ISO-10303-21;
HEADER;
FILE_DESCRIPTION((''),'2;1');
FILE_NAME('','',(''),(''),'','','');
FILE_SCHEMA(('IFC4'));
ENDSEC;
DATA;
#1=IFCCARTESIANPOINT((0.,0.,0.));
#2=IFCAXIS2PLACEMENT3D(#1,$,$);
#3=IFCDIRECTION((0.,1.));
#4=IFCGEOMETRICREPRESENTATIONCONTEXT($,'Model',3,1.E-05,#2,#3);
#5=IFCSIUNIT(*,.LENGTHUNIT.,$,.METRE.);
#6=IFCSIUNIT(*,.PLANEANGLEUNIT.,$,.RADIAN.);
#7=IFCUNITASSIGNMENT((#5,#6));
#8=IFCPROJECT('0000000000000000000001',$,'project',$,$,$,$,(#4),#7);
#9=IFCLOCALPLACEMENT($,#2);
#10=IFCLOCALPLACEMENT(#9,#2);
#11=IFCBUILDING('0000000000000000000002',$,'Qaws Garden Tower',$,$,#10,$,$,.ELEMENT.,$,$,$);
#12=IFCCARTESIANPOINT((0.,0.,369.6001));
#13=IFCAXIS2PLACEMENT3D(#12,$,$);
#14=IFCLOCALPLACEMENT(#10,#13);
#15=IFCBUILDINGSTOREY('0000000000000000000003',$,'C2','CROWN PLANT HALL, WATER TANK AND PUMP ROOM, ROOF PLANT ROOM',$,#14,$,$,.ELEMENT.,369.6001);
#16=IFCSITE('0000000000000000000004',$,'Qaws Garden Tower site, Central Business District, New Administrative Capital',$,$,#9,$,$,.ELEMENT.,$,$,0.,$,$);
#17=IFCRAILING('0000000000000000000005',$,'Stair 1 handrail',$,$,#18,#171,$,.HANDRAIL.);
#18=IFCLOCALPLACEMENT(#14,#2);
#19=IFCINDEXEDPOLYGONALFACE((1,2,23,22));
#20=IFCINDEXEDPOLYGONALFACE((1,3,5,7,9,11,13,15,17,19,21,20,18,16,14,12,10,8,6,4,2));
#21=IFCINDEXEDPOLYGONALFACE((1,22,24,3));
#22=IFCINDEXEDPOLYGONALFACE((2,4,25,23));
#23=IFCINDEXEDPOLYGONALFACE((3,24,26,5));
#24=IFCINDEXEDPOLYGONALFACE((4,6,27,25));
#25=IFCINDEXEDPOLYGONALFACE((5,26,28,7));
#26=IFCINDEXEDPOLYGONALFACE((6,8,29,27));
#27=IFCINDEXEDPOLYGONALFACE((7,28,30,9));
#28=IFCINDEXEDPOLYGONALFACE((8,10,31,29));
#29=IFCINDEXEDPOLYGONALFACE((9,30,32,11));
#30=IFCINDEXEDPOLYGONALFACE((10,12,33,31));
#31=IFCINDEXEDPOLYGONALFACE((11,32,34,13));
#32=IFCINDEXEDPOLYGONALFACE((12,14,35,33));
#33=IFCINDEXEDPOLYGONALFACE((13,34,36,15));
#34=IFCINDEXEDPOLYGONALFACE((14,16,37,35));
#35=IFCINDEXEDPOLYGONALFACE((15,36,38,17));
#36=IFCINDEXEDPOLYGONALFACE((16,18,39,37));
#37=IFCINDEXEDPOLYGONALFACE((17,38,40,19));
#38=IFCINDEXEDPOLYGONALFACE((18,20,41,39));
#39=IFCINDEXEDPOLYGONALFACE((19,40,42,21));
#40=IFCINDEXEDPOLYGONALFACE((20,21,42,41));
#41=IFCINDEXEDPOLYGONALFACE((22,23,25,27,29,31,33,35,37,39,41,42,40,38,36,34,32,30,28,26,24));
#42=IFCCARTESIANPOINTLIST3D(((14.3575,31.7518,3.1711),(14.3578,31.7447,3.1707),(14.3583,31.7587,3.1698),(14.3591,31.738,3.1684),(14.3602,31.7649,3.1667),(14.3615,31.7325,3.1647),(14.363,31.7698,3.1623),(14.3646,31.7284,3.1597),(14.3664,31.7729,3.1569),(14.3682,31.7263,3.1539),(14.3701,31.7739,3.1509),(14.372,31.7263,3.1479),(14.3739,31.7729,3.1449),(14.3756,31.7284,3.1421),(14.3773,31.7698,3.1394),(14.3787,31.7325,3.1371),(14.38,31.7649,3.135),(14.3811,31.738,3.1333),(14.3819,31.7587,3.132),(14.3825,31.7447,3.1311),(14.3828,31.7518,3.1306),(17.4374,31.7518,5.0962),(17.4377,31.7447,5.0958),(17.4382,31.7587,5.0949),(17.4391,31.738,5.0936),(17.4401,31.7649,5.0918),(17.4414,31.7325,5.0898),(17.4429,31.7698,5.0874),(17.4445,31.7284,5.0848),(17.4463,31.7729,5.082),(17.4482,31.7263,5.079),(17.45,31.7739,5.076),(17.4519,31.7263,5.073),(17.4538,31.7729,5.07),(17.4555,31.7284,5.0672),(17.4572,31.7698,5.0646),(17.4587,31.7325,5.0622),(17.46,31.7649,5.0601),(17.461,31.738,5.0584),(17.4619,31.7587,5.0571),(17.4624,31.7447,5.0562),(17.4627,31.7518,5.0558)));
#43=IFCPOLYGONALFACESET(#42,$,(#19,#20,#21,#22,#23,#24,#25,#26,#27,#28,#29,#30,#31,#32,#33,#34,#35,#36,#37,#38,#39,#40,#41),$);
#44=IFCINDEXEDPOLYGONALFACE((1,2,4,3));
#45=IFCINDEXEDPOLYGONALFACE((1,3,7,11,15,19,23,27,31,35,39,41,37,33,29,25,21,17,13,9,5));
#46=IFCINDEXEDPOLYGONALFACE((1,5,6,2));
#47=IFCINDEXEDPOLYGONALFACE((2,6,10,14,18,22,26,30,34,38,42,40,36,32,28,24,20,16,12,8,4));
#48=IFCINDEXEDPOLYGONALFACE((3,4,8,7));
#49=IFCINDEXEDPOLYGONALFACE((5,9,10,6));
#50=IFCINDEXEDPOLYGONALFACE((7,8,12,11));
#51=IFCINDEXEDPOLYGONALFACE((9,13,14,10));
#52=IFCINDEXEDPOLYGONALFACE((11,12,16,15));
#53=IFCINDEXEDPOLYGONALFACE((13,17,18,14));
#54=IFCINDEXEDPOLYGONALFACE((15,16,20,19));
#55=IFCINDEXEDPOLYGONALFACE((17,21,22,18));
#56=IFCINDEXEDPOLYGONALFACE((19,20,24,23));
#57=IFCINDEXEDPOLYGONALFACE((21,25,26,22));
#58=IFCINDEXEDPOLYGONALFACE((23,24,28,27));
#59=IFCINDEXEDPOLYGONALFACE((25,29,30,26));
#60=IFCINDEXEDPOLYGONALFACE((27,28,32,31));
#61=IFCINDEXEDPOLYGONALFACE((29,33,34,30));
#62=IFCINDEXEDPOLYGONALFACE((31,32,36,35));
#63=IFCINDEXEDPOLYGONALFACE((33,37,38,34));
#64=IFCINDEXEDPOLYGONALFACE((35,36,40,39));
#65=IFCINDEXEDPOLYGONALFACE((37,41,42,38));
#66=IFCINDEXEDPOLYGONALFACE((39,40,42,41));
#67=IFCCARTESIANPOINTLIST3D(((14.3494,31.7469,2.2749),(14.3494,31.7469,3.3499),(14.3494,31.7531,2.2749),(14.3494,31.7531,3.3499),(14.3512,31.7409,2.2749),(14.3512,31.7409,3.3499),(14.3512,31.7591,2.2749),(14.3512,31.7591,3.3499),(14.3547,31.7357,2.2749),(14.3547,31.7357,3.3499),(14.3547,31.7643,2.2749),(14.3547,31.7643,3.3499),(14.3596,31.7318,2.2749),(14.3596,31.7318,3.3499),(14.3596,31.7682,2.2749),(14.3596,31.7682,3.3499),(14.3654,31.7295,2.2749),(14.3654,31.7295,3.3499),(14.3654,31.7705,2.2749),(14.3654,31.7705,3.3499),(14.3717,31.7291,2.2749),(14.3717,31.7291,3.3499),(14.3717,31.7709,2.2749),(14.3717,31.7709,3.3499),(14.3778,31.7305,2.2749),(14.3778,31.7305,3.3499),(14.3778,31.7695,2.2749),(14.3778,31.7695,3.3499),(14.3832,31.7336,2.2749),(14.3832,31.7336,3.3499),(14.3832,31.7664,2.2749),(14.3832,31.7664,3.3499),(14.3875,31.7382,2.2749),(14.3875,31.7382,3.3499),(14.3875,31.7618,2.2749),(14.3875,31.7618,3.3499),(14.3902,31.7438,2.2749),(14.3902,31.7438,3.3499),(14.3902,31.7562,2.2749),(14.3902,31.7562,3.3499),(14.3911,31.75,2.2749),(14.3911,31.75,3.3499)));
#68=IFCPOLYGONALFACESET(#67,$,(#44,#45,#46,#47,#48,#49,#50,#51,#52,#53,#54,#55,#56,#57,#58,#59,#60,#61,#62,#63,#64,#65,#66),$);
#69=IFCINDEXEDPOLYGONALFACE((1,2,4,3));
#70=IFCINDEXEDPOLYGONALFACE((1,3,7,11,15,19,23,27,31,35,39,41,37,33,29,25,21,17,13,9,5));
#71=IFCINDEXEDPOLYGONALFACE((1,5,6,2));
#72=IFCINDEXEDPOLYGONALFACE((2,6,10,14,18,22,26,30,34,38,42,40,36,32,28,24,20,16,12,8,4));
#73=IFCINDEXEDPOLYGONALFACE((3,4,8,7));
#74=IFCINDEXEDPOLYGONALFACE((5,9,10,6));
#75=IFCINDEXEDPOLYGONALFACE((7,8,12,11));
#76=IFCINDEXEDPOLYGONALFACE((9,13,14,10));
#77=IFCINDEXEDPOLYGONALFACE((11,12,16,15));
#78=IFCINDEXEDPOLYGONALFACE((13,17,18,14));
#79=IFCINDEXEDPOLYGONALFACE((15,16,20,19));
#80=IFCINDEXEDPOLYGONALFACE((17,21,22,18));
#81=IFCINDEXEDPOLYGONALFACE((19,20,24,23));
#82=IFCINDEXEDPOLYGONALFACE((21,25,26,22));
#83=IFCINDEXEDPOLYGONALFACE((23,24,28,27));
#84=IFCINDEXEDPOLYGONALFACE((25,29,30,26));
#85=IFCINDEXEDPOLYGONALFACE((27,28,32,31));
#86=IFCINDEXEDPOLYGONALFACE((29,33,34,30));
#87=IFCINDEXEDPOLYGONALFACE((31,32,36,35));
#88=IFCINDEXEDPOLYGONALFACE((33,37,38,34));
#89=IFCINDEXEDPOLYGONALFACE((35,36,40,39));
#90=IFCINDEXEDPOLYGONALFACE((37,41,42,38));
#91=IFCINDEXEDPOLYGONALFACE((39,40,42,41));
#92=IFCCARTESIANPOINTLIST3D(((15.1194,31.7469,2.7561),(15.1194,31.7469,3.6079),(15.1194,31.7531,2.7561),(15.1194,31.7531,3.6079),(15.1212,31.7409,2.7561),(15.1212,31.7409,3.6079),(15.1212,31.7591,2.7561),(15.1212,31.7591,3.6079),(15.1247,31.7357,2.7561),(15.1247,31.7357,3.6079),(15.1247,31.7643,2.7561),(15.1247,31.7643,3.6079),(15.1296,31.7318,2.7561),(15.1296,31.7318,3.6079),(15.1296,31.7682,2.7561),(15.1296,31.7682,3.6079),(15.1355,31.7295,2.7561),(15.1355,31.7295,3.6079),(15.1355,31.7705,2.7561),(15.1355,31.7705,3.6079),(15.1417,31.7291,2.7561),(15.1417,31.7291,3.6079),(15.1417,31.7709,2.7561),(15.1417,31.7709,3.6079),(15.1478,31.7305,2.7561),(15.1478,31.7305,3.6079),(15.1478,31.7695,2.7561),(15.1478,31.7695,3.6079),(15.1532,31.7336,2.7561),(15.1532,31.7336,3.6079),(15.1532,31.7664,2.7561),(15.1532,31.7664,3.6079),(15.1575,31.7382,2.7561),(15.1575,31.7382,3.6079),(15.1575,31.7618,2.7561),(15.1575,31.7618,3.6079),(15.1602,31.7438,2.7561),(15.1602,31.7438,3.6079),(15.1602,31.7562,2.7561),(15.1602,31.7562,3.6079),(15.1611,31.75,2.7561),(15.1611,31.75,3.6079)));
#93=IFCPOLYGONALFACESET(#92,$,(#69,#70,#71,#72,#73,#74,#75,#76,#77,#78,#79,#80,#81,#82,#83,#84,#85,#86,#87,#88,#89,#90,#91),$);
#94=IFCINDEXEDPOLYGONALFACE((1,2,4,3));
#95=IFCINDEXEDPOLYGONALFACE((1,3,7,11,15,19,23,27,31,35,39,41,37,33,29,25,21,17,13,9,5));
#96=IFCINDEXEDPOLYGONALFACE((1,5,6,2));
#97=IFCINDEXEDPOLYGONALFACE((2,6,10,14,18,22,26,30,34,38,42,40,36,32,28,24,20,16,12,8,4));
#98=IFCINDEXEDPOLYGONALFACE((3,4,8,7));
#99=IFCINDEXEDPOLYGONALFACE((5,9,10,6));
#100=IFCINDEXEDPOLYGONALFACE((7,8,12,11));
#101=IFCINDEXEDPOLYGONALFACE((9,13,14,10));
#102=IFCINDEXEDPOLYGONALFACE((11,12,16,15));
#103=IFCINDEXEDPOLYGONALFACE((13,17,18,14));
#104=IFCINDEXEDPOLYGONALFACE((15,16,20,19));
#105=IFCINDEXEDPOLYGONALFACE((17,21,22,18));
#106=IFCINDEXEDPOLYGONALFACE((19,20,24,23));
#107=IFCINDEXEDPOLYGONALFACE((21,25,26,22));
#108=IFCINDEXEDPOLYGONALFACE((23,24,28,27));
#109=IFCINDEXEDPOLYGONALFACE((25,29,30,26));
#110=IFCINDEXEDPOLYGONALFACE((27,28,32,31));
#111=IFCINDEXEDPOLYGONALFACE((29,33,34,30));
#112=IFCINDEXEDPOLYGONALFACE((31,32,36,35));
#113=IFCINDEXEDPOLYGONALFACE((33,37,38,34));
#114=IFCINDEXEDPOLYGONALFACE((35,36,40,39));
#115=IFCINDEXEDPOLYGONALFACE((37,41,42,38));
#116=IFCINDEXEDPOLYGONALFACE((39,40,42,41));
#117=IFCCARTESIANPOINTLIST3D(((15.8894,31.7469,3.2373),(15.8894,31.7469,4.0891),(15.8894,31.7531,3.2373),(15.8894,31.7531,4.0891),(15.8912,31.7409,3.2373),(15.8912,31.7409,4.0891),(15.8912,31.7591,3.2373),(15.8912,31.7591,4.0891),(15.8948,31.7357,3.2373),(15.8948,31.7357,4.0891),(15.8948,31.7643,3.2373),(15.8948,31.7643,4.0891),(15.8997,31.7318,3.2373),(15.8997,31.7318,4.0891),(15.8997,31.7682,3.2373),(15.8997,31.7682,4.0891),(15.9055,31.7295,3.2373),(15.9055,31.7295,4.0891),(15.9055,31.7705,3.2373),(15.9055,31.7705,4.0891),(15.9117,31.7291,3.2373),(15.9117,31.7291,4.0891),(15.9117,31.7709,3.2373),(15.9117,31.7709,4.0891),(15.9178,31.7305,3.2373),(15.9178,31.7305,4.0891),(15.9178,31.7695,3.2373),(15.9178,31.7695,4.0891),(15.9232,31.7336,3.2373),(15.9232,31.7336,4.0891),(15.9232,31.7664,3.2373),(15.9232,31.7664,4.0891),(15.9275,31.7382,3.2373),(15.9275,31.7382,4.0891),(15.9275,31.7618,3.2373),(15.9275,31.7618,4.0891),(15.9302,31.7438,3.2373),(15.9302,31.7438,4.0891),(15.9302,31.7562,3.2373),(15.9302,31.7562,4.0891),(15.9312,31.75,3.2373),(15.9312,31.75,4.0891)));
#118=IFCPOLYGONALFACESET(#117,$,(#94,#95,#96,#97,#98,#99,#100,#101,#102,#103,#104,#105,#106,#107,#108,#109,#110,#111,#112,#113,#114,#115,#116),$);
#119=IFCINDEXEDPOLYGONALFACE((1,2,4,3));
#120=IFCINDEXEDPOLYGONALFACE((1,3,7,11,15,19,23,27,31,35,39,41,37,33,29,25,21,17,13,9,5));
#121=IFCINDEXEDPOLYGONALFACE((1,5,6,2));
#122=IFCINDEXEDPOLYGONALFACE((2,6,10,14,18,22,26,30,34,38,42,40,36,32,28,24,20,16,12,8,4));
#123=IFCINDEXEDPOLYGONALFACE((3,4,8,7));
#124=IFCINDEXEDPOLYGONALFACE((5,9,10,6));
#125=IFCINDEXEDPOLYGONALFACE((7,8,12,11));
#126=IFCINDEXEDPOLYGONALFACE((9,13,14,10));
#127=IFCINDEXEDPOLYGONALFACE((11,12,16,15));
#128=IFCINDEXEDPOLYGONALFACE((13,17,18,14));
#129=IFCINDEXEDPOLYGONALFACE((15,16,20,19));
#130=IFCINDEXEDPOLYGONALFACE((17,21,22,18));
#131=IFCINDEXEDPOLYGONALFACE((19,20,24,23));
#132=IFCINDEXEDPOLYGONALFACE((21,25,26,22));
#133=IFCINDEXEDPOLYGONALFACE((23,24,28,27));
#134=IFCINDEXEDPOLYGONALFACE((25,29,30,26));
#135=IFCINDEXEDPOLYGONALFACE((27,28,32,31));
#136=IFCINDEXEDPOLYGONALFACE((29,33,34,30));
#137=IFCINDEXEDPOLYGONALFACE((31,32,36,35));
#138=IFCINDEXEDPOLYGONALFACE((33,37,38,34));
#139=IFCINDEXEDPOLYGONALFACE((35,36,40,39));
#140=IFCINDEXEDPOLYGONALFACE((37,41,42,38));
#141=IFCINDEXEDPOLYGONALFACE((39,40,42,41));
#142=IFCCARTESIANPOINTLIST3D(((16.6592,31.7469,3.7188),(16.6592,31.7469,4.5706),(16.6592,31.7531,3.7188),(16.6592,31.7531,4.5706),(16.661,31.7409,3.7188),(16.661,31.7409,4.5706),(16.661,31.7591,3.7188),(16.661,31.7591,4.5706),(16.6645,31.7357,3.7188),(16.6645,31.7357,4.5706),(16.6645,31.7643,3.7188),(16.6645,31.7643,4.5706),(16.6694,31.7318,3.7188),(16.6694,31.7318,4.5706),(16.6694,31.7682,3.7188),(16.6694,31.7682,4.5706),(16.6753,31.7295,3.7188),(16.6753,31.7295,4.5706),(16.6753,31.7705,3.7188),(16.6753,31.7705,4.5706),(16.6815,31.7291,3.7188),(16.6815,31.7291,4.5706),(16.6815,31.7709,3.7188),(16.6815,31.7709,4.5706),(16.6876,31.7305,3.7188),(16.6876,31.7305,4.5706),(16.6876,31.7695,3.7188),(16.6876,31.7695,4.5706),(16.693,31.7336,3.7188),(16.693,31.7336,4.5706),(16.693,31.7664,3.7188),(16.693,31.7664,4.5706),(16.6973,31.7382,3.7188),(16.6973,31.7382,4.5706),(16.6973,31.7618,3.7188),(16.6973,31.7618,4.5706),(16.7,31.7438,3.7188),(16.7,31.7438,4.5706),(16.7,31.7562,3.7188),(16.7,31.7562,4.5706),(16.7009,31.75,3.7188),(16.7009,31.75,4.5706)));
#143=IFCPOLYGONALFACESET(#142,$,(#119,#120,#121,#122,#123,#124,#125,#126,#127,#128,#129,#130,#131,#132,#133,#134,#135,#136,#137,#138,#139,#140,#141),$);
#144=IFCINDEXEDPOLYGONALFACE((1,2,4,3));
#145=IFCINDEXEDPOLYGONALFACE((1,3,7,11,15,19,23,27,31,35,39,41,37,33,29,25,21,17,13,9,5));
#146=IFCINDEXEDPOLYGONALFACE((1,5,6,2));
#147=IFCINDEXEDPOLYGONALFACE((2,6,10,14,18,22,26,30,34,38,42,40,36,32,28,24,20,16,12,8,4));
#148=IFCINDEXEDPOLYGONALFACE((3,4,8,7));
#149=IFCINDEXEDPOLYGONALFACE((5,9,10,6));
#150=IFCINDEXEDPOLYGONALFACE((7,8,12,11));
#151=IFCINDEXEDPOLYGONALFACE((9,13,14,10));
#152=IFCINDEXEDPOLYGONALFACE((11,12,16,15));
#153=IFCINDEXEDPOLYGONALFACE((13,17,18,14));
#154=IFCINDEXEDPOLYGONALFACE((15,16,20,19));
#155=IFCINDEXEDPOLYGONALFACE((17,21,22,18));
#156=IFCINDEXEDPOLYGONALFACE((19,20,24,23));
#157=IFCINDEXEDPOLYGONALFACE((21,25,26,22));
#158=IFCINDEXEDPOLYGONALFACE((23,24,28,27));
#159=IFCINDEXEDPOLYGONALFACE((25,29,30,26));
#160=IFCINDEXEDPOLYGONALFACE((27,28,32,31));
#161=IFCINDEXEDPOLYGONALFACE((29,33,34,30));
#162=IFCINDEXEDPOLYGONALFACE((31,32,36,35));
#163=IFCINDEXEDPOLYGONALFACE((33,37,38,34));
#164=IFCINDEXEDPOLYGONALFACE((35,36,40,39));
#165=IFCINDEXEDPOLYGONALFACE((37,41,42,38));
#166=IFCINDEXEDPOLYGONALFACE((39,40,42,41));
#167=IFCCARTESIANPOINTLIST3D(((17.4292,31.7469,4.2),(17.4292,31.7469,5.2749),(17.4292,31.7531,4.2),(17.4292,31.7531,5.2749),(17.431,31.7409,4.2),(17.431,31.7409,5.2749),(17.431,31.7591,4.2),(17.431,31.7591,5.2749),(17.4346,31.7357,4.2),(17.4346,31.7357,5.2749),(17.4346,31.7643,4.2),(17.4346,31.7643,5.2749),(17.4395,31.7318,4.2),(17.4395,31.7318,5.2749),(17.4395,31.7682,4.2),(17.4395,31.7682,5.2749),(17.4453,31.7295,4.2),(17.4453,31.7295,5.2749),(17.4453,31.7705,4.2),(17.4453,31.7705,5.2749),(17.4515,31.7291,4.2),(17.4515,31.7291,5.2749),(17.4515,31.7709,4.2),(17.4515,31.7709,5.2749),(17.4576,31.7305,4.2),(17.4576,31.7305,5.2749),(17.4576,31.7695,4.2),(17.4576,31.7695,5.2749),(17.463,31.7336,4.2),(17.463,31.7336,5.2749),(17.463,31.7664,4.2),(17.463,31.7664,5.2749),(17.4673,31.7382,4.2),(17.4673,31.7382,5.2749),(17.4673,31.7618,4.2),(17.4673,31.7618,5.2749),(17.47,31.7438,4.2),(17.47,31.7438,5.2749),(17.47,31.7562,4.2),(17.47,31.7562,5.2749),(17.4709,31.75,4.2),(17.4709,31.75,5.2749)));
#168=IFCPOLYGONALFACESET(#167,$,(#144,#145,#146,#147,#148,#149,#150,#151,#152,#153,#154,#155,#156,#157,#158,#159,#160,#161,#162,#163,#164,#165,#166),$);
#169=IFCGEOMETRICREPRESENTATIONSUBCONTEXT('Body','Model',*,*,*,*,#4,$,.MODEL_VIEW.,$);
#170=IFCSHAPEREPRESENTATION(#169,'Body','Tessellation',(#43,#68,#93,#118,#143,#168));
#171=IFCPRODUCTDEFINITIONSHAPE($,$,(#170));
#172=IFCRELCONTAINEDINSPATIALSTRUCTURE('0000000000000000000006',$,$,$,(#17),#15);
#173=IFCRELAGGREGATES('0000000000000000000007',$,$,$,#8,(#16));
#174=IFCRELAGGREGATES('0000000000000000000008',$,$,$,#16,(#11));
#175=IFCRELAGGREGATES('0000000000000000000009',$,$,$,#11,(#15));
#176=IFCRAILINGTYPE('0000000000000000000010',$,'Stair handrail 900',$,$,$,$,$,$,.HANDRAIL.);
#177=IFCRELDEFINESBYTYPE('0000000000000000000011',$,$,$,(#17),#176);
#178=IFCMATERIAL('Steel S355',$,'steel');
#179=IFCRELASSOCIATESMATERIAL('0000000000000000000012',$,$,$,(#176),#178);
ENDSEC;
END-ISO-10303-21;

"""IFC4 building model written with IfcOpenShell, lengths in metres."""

from ifc_helpers import new_model, si_unit, direction, frame, origin, origin_2d, place, context, subcontext, project, spatial, circle, extrude, material, type_object, element, save


model = new_model("IFC4")

# Units and contexts
model_context = context("Model", 3, precision=1e-05, world=origin(), true_north=direction((0.0, 1.0)))
body_context = subcontext(model_context, "Body", "Model", "MODEL_VIEW")
ifc_project = project(units=[si_unit("LENGTHUNIT", "METRE"), si_unit("PLANEANGLEUNIT", "RADIAN")], contexts=[model_context])

# Site, building, storey
site_placement = place(None, origin())
site = spatial("IfcSite", under=ifc_project, at=site_placement, Name="Qaws Garden Tower site, Central Business District, New Administrative Capital", CompositionType="ELEMENT", RefElevation=0.0)
building_placement = place(site_placement, origin())
building = spatial("IfcBuilding", under=site, at=building_placement, Name="Qaws Garden Tower", CompositionType="ELEMENT")
storey_placement = place(building_placement, frame((0.0, 0.0, 369.6001)))
storey = spatial("IfcBuildingStorey", under=building, at=storey_placement, Name="C2", Description="CROWN PLANT HALL, WATER TANK AND PUMP ROOM, ROOF PLANT ROOM", CompositionType="ELEMENT", Elevation=369.6001)

# Railing
ifc_material_1 = material(Name="Steel S355", Category="steel")
railing_type = type_object("IfcRailingType", Name="Stair handrail 900", PredefinedType="HANDRAIL", material=ifc_material_1)
railing_placement = place(storey_placement, frame((14.3701, 31.75, 2.2749)))
element("IfcRailing", 1, at=railing_placement, inside=storey, type_object=railing_type, Name="Stair 1 handrail", PredefinedType="HANDRAIL", context=body_context, shape_type="SweptSolid", body=[
    extrude(circle(Radius=0.0239, at=origin_2d()), frame((0.0, 0.0, 0.876), z_axis=(0.847979, 0.0, 0.530029), x_axis=(0.0, 1.0, 0.0)), (0.0, 0.0, 1.0), 3.6321),
    extrude(circle(Radius=0.021, at=origin_2d()), origin(), (0.0, 0.0, 1.0), 1.075),
    extrude(circle(Radius=0.021, at=origin_2d()), frame((0.77, 0.0, 0.4812)), (0.0, 0.0, 1.0), 0.8518),
    extrude(circle(Radius=0.021, at=origin_2d()), frame((1.54, 0.0, 0.9624)), (0.0, 0.0, 1.0), 0.8518),
    extrude(circle(Radius=0.021, at=origin_2d()), frame((2.3098, 0.0, 1.4438)), (0.0, 0.0, 1.0), 0.8518),
    extrude(circle(Radius=0.021, at=origin_2d()), frame((3.0798, 0.0, 1.925)), (0.0, 0.0, 1.0), 1.075),
])

save(model, "model.ifc")
